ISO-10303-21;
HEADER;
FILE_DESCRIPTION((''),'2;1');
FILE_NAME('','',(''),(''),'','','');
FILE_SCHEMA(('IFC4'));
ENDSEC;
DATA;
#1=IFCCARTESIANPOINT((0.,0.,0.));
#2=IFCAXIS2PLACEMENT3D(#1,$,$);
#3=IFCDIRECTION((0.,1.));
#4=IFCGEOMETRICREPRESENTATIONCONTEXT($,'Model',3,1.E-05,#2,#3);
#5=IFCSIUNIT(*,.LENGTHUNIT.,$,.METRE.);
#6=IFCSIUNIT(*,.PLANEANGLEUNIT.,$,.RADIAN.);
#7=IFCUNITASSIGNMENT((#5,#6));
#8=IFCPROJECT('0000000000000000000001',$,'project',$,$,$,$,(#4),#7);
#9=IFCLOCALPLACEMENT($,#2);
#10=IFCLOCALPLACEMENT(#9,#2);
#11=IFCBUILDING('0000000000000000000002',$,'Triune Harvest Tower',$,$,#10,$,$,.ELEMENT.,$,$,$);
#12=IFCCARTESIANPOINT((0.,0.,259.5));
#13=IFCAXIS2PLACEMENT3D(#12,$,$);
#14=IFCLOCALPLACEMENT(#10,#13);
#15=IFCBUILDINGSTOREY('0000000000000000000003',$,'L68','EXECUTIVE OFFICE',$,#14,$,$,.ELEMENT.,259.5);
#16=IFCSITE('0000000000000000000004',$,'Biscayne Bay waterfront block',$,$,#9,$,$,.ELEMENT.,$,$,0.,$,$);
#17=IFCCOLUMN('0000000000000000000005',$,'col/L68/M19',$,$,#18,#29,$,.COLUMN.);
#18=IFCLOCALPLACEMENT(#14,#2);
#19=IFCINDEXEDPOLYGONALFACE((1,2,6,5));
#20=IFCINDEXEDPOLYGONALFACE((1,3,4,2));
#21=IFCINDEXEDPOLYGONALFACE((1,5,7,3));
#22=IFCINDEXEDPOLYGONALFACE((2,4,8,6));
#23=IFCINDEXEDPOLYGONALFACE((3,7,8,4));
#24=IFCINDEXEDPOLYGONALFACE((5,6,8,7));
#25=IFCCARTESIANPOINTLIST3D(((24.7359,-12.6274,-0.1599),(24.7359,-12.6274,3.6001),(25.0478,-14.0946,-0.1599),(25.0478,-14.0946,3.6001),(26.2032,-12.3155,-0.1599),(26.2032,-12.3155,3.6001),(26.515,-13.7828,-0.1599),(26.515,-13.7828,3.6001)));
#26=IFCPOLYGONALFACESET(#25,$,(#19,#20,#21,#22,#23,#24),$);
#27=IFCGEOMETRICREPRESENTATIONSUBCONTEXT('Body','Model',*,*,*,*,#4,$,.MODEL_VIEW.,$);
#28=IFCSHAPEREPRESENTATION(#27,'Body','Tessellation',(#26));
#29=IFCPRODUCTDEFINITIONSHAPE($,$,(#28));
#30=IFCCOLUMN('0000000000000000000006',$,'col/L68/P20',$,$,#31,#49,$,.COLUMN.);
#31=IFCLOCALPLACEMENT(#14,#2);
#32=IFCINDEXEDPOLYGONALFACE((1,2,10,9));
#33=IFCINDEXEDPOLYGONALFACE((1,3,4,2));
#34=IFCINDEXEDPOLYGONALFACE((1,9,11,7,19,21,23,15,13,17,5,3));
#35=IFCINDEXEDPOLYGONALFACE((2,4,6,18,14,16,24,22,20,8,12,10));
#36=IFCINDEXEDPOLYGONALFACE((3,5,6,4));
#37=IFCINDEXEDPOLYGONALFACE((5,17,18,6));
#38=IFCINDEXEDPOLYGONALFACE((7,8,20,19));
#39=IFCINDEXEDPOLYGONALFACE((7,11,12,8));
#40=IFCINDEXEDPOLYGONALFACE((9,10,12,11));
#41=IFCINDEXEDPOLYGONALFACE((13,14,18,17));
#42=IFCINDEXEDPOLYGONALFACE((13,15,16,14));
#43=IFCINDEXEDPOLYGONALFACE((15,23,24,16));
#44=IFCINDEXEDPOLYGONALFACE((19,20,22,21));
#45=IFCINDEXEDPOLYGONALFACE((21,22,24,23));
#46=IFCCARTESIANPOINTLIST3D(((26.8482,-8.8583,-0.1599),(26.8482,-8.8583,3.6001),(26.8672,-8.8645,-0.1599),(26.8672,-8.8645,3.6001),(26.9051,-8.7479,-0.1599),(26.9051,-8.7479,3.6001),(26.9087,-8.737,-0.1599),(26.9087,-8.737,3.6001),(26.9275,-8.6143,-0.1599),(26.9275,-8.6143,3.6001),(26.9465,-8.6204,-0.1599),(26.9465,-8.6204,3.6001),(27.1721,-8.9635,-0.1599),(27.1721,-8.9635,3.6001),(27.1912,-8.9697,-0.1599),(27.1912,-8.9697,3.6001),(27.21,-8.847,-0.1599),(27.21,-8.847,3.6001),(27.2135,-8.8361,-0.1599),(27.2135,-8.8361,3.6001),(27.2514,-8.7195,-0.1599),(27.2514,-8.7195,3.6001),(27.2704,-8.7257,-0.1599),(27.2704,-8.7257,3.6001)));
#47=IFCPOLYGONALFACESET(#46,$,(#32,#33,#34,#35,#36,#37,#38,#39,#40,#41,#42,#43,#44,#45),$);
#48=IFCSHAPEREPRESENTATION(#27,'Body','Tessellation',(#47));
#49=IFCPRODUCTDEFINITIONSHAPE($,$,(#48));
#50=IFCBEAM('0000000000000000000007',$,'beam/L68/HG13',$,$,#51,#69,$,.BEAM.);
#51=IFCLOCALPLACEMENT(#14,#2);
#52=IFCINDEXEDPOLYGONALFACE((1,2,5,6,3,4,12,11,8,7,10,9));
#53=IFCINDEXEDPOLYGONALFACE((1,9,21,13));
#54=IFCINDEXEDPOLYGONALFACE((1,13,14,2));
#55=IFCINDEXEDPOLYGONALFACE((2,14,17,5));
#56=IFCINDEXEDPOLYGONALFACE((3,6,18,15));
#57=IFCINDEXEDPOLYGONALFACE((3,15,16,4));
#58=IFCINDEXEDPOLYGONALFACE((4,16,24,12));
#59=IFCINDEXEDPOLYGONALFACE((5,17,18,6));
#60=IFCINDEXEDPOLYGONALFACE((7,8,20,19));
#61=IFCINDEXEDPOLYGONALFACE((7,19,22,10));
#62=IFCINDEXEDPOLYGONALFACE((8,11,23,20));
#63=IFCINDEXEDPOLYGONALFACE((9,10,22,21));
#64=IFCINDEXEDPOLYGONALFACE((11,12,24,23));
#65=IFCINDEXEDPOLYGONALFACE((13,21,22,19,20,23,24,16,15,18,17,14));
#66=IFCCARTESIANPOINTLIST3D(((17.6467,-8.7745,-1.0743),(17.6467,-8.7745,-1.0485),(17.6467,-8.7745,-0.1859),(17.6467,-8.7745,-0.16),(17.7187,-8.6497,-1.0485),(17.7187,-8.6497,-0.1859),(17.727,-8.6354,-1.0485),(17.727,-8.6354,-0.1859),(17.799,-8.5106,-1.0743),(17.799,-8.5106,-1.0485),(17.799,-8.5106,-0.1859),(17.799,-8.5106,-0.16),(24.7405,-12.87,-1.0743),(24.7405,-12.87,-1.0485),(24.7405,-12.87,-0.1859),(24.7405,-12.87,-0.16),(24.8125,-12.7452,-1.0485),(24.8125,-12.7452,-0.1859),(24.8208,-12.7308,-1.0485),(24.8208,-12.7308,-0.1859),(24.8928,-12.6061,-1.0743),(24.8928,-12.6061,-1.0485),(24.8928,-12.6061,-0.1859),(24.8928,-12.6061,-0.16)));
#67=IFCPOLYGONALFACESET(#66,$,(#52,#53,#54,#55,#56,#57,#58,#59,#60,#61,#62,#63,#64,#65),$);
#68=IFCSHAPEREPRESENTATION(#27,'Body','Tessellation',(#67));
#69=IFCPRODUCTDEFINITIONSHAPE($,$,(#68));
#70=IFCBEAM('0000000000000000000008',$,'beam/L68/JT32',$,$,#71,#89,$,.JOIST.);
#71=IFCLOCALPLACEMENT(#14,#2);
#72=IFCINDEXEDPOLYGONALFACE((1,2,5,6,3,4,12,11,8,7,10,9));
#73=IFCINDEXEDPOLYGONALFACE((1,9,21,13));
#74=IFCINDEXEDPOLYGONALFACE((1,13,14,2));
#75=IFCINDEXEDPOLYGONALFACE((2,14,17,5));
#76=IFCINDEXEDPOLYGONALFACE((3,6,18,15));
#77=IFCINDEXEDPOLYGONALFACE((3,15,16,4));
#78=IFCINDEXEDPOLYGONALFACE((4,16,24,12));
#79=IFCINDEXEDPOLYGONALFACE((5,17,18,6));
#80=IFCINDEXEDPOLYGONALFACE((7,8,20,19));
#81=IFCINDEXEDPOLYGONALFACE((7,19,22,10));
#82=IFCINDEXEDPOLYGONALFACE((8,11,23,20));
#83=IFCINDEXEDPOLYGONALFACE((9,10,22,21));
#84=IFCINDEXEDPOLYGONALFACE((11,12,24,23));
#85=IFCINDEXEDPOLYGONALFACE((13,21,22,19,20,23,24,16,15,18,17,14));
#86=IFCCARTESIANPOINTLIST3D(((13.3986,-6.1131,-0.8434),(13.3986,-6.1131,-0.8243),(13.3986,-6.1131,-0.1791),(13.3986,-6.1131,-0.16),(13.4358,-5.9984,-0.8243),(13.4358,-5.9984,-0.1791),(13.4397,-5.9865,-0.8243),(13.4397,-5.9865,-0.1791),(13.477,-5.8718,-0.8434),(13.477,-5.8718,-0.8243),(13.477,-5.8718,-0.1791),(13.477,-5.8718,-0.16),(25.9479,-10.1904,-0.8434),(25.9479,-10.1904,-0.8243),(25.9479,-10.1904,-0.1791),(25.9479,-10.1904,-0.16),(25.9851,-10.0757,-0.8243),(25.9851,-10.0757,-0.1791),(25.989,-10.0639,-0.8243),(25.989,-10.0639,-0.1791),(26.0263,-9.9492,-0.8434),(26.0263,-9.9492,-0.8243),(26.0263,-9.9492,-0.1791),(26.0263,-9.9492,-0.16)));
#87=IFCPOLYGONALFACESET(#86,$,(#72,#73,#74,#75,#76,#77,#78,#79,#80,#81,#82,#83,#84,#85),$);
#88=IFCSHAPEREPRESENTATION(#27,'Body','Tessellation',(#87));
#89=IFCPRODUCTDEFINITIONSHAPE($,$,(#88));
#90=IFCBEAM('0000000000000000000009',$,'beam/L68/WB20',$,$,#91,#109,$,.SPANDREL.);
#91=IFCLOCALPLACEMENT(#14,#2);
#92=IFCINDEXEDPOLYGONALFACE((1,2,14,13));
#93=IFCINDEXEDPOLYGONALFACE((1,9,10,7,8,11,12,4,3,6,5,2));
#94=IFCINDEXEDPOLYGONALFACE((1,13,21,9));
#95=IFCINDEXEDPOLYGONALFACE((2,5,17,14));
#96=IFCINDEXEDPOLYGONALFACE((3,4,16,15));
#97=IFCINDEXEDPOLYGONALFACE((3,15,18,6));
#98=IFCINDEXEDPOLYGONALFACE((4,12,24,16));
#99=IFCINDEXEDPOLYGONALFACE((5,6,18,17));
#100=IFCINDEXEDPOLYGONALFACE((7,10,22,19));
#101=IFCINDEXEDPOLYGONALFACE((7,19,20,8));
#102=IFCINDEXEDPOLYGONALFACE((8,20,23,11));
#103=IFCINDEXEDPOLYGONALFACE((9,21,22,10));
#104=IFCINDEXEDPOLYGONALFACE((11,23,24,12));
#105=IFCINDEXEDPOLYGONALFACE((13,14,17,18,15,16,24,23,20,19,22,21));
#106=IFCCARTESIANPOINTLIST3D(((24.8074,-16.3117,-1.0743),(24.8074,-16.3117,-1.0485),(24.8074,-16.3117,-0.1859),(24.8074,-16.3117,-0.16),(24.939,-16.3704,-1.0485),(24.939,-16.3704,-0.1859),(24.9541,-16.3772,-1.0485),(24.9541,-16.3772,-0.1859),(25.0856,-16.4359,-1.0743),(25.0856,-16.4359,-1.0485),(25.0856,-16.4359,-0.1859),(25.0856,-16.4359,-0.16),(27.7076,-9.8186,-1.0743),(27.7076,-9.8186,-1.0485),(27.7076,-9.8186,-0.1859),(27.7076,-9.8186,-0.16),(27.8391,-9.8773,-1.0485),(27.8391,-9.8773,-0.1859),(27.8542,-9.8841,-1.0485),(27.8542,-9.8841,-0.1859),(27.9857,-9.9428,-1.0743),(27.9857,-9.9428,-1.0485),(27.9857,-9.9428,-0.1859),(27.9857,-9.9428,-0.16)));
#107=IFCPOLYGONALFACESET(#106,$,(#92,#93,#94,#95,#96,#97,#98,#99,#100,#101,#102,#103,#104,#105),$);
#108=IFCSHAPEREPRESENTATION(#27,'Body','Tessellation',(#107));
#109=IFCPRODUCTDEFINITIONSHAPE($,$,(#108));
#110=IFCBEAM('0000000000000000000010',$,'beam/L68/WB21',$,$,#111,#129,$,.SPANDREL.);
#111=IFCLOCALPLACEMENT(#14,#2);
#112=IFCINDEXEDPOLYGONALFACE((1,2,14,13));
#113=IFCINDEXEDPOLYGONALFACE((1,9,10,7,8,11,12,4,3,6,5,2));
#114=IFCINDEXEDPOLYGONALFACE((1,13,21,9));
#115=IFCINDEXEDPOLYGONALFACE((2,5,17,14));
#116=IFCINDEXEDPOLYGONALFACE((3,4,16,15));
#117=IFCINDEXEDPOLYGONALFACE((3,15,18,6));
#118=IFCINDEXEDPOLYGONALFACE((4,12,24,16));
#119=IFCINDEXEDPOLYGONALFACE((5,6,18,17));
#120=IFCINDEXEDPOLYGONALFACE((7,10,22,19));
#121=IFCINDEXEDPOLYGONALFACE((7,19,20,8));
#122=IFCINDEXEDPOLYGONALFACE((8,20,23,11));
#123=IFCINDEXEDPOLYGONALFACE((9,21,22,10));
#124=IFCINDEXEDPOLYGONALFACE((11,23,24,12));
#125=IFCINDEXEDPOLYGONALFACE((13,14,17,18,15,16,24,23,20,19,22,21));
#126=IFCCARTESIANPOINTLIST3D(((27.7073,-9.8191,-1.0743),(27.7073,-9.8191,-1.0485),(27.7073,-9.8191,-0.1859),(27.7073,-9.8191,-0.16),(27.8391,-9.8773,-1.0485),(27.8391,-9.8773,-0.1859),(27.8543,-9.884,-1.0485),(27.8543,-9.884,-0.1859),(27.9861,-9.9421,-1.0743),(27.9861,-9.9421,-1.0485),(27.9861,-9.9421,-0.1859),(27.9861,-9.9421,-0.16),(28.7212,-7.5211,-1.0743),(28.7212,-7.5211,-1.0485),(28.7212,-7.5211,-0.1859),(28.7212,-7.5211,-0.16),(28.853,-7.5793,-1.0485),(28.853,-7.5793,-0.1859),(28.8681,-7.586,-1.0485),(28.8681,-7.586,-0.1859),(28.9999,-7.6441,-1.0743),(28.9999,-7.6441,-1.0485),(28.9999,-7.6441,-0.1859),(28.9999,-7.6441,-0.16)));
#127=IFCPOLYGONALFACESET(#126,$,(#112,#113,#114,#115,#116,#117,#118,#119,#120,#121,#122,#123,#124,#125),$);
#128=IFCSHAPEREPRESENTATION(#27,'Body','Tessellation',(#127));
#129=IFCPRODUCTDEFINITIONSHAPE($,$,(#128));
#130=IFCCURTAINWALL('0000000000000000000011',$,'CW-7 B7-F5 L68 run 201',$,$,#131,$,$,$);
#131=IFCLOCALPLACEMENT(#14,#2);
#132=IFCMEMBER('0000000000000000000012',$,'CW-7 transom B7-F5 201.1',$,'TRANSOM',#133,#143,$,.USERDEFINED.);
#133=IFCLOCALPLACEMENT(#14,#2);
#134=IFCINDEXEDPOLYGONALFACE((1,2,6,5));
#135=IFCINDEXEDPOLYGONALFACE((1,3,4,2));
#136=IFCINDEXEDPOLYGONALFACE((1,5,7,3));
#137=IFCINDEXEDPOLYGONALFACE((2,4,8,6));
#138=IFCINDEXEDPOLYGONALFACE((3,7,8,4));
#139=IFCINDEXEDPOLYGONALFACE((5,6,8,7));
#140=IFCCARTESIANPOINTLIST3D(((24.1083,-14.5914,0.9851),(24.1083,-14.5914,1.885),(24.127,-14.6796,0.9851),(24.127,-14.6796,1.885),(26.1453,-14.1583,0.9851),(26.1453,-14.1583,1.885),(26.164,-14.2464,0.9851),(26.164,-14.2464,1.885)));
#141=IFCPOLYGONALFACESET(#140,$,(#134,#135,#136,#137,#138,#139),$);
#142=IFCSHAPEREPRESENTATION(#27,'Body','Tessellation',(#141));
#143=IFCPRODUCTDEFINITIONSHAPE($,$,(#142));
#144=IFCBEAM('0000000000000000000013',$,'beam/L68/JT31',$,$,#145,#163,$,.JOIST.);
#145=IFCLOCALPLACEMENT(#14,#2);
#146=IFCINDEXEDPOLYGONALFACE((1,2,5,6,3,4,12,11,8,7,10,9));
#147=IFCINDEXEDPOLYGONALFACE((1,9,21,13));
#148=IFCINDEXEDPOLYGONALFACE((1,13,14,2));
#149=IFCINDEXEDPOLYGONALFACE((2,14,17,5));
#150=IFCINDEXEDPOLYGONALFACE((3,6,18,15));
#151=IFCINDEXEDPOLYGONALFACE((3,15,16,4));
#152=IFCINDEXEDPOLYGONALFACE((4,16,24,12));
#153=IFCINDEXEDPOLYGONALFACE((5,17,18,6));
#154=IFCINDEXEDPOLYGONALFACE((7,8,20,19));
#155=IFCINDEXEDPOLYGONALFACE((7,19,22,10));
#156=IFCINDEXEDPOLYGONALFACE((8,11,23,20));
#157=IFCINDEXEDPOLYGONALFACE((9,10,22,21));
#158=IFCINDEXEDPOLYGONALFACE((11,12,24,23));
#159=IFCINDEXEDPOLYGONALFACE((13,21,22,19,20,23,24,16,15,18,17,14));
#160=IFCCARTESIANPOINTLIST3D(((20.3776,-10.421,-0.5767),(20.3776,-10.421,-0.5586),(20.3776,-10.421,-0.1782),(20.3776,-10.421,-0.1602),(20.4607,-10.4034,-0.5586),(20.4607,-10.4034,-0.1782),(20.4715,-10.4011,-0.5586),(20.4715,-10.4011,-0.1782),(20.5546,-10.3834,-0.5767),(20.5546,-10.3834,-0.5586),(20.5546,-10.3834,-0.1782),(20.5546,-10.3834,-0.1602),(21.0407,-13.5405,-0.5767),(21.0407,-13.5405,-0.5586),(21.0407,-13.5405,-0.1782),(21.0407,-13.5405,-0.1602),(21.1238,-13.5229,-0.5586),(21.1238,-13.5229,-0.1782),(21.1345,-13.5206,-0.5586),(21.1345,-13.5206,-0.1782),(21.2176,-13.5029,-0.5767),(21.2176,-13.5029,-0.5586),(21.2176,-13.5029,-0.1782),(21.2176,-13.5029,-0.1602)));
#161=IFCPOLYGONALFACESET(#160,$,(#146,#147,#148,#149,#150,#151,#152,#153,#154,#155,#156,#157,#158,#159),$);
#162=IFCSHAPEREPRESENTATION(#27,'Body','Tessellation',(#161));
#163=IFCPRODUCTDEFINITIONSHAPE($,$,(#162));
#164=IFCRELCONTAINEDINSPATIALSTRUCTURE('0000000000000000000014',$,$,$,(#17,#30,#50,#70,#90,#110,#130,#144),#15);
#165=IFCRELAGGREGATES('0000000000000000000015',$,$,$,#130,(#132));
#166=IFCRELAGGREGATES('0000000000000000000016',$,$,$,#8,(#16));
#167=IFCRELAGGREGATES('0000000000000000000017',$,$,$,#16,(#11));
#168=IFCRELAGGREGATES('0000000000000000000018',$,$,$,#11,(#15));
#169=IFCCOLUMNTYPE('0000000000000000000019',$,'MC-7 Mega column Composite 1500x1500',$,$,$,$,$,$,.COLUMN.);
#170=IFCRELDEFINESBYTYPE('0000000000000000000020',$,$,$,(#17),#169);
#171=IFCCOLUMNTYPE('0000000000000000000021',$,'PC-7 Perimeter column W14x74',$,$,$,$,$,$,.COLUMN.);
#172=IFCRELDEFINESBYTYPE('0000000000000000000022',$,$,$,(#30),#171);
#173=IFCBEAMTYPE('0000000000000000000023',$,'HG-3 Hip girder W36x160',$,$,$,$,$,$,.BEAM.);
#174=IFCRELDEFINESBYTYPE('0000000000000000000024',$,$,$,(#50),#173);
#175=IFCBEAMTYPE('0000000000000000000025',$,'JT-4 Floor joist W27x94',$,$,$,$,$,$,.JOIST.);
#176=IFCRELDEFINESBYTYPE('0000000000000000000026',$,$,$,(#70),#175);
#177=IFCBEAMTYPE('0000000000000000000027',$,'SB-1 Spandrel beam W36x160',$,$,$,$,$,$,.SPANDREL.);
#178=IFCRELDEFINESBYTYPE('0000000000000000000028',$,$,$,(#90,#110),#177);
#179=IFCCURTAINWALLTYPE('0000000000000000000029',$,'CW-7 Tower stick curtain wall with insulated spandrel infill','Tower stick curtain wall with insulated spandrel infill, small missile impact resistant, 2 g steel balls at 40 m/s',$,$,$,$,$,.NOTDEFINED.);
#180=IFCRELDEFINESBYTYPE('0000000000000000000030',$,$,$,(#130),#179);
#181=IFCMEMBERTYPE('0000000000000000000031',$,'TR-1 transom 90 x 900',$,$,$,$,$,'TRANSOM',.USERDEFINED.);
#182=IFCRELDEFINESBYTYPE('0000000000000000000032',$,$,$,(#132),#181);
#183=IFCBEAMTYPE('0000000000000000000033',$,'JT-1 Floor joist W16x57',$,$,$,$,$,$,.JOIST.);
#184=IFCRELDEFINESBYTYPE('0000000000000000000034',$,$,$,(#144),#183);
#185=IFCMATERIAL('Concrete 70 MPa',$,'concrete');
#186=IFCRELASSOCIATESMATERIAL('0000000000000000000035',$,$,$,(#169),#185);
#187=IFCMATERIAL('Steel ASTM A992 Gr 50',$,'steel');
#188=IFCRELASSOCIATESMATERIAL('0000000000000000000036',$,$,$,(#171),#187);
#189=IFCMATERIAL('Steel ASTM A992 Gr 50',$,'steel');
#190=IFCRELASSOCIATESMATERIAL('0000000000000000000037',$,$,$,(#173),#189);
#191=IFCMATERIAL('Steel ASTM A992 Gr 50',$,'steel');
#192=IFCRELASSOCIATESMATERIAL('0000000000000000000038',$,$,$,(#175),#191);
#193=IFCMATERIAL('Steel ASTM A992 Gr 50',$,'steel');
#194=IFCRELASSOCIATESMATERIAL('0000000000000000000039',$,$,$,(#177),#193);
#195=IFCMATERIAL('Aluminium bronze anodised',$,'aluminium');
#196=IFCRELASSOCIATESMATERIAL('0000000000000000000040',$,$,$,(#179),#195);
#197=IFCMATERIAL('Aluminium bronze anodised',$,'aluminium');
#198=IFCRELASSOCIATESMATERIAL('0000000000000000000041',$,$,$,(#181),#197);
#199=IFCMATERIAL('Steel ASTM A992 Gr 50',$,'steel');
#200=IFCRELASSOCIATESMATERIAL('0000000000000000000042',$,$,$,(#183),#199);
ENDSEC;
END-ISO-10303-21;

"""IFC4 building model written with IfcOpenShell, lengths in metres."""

from ifc_helpers import new_model, si_unit, direction, frame, origin, origin_2d, place, context, subcontext, project, spatial, rectangle, i_section, extrude, source, transform, mapped, material, material_profile, profile_set, type_object, element, aggregate, save


model = new_model("IFC4")

# Units and contexts
model_context = context("Model", 3, precision=1e-05, world=origin(), true_north=direction((0.0, 1.0)))
body_context = subcontext(model_context, "Body", "Model", "MODEL_VIEW")
ifc_project = project(units=[si_unit("LENGTHUNIT", "METRE"), si_unit("PLANEANGLEUNIT", "RADIAN")], contexts=[model_context])

# Site, building, storey
site_placement = place(None, origin())
site = spatial("IfcSite", under=ifc_project, at=site_placement, Name="Biscayne Bay waterfront block", CompositionType="ELEMENT", RefElevation=0.0)
building_placement = place(site_placement, origin())
building = spatial("IfcBuilding", under=site, at=building_placement, Name="Triune Harvest Tower", CompositionType="ELEMENT")
storey_placement = place(building_placement, frame((0.0, 0.0, 259.5)))
storey = spatial("IfcBuildingStorey", under=building, at=storey_placement, Name="L68", Description="EXECUTIVE OFFICE", CompositionType="ELEMENT", Elevation=259.5)

# Columns
ifc_material_1 = material(Name="Concrete 70 MPa", Category="concrete")
ifc_material_profile_1 = material_profile(ifc_material_1, rectangle(XDim=1.5, YDim=1.5, at=origin_2d()), Name="Composite 1500x1500")
ifc_profile_set_1 = profile_set([ifc_material_profile_1], Name="Concrete 70 MPa")
column_type_1 = type_object("IfcColumnType", Name="MC-7 Mega column Composite 1500x1500", PredefinedType="COLUMN", material=ifc_profile_set_1)
shared_shape_1 = source(origin(), body_context, "Body", "SweptSolid", [
    extrude(rectangle(XDim=1.5, YDim=1.5, at=origin_2d()), origin(), (0.0, 0.0, 1.0), 3.76),
])
column_1_placement = place(storey_placement, frame((25.6255, -13.2051, -0.1599), z_axis=(0.0, 0.0, 1.0), x_axis=(0.978147, 0.207913, 0.0)))
element("IfcColumn", 1, at=column_1_placement, inside=storey, type_object=column_type_1, Name="col/L68/M19", PredefinedType="COLUMN", context=body_context, shape_type="MappedRepresentation", body=[
    mapped(shared_shape_1, transform((0.0, 0.0, 0.0), scale=1.0)),
])
ifc_material_2 = material(Name="Steel ASTM A992 Gr 50", Category="steel")
ifc_material_profile_2 = material_profile(ifc_material_2, i_section(OverallWidth=0.2566, OverallDepth=0.3606, WebThickness=0.0115, FlangeThickness=0.02, at=origin_2d()), Name="W14x74")
ifc_profile_set_2 = profile_set([ifc_material_profile_2], Name="Steel ASTM A992 Gr 50")
column_type_2 = type_object("IfcColumnType", Name="PC-7 Perimeter column W14x74", PredefinedType="COLUMN", material=ifc_profile_set_2)
shared_shape_2 = source(origin(), body_context, "Body", "SweptSolid", [
    extrude(i_section(OverallWidth=0.2566, OverallDepth=0.3606, WebThickness=0.0115, FlangeThickness=0.02, at=origin_2d()), origin(), (0.0, 0.0, 1.0), 3.76),
])
column_2_placement = place(storey_placement, frame((27.0593, -8.792, -0.1599), z_axis=(0.0, 0.0, 1.0), x_axis=(0.309017, 0.951057, 0.0)))
element("IfcColumn", 2, at=column_2_placement, inside=storey, type_object=column_type_2, Name="col/L68/P20", PredefinedType="COLUMN", context=body_context, shape_type="MappedRepresentation", body=[
    mapped(shared_shape_2, transform((0.0, 0.0, 0.0), scale=1.0)),
])

# Beams
ifc_material_3 = material(Name="Steel ASTM A992 Gr 50", Category="steel")
ifc_material_profile_3 = material_profile(ifc_material_3, i_section(OverallWidth=0.3047, OverallDepth=0.9143, WebThickness=0.0166, FlangeThickness=0.0259, at=origin_2d()), Name="W36x160")
ifc_profile_set_3 = profile_set([ifc_material_profile_3], Name="Steel ASTM A992 Gr 50")
beam_type_1 = type_object("IfcBeamType", Name="HG-3 Hip girder W36x160", PredefinedType="BEAM", material=ifc_profile_set_3)
beam_1_placement = place(storey_placement, frame((24.8167, -12.738, -0.6172), z_axis=(-0.866032, 0.499989, 0.0), x_axis=(-0.499989, -0.866032, 0.0)))
element("IfcBeam", 3, at=beam_1_placement, inside=storey, type_object=beam_type_1, Name="beam/L68/HG13", PredefinedType="BEAM", context=body_context, shape_type="SweptSolid", body=[
    extrude(i_section(OverallWidth=0.3047, OverallDepth=0.9143, WebThickness=0.0166, FlangeThickness=0.0259, at=origin_2d()), origin(), (0.0, 0.0, 1.0), 8.1912),
])
ifc_material_4 = material(Name="Steel ASTM A992 Gr 50", Category="steel")
ifc_material_profile_4 = material_profile(ifc_material_4, i_section(OverallWidth=0.2537, OverallDepth=0.6833, WebThickness=0.0125, FlangeThickness=0.019, at=origin_2d()), Name="W27x94")
ifc_profile_set_4 = profile_set([ifc_material_profile_4], Name="Steel ASTM A992 Gr 50")
beam_type_2 = type_object("IfcBeamType", Name="JT-4 Floor joist W27x94", PredefinedType="JOIST", material=ifc_profile_set_4)
beam_2_placement = place(storey_placement, frame((25.9871, -10.0698, -0.5017), z_axis=(-0.951059, 0.309008, 0.0), x_axis=(-0.309008, -0.951059, 0.0)))
element("IfcBeam", 4, at=beam_2_placement, inside=storey, type_object=beam_type_2, Name="beam/L68/JT32", PredefinedType="JOIST", context=body_context, shape_type="SweptSolid", body=[
    extrude(i_section(OverallWidth=0.2537, OverallDepth=0.6833, WebThickness=0.0125, FlangeThickness=0.019, at=origin_2d()), origin(), (0.0, 0.0, 1.0), 13.1951),
])
ifc_material_5 = material(Name="Steel ASTM A992 Gr 50", Category="steel")
ifc_material_profile_5 = material_profile(ifc_material_5, i_section(OverallWidth=0.3047, OverallDepth=0.9143, WebThickness=0.0166, FlangeThickness=0.0259, at=origin_2d()), Name="W36x160")
ifc_profile_set_5 = profile_set([ifc_material_profile_5], Name="Steel ASTM A992 Gr 50")
beam_type_3 = type_object("IfcBeamType", Name="SB-1 Spandrel beam W36x160", PredefinedType="SPANDREL", material=ifc_profile_set_5)
beam_3_placement = place(storey_placement, frame((24.9465, -16.3738, -0.6172), z_axis=(0.407816, 0.913064, 0.0), x_axis=(-0.913064, 0.407816, 0.0)))
element("IfcBeam", 5, at=beam_3_placement, inside=storey, type_object=beam_type_3, Name="beam/L68/WB20", PredefinedType="SPANDREL", context=body_context, shape_type="SweptSolid", body=[
    extrude(i_section(OverallWidth=0.3047, OverallDepth=0.9143, WebThickness=0.0166, FlangeThickness=0.0259, at=origin_2d()), origin(), (0.0, 0.0, 1.0), 7.1113),
])
beam_4_placement = place(storey_placement, frame((27.8467, -9.8806, -0.6172), z_axis=(0.403657, 0.91491, 0.0), x_axis=(-0.91491, 0.403657, 0.0)))
element("IfcBeam", 6, at=beam_4_placement, inside=storey, type_object=beam_type_3, Name="beam/L68/WB21", PredefinedType="SPANDREL", context=body_context, shape_type="SweptSolid", body=[
    extrude(i_section(OverallWidth=0.3047, OverallDepth=0.9143, WebThickness=0.0166, FlangeThickness=0.0259, at=origin_2d()), origin(), (0.0, 0.0, 1.0), 2.5117),
])

# Curtain wall, member
ifc_material_6 = material(Name="Aluminium bronze anodised", Category="aluminium")
curtain_wall_type_1 = type_object("IfcCurtainWallType", Name="CW-7 Tower stick curtain wall with insulated spandrel infill", Description="Tower stick curtain wall with insulated spandrel infill, small missile impact resistant, 2 g steel balls at 40 m/s", PredefinedType="NOTDEFINED", material=ifc_material_6)
curtain_wall_1_placement = place(storey_placement, origin())
curtain_wall_1 = element("IfcCurtainWall", 7, at=curtain_wall_1_placement, inside=storey, type_object=curtain_wall_type_1, Name="CW-7 B7-F5 L68 run 201")
ifc_material_7 = material(Name="Aluminium bronze anodised", Category="aluminium")
ifc_material_profile_6 = material_profile(ifc_material_7, rectangle(XDim=0.0901, YDim=0.8999, at=origin_2d()), Name="TR-1 transom 90 x 900")
ifc_profile_set_6 = profile_set([ifc_material_profile_6], Name="Aluminium bronze anodised")
member_type_1 = type_object("IfcMemberType", Name="TR-1 transom 90 x 900", ElementType="TRANSOM", PredefinedType="USERDEFINED", material=ifc_profile_set_6)
member_1_placement = place(storey_placement, frame((24.1177, -14.6355, 1.4351), z_axis=(0.978132, 0.207984, 0.0), x_axis=(-0.207984, 0.978132, 0.0)))
member_1 = element("IfcMember", 8, at=member_1_placement, type_object=member_type_1, Name="CW-7 transom B7-F5 201.1", ObjectType="TRANSOM", PredefinedType="USERDEFINED", context=body_context, shape_type="SweptSolid", body=[
    extrude(rectangle(XDim=0.0901, YDim=0.8999, at=origin_2d()), origin(), (0.0, 0.0, 1.0), 2.0825),
])

# Beam
ifc_material_8 = material(Name="Steel ASTM A992 Gr 50", Category="steel")
ifc_material_profile_7 = material_profile(ifc_material_8, i_section(OverallWidth=0.1809, OverallDepth=0.4165, WebThickness=0.011, FlangeThickness=0.0181, at=origin_2d()), Name="W16x57")
ifc_profile_set_7 = profile_set([ifc_material_profile_7], Name="Steel ASTM A992 Gr 50")
beam_type_4 = type_object("IfcBeamType", Name="JT-1 Floor joist W16x57", PredefinedType="JOIST", material=ifc_profile_set_7)
shared_shape_3 = source(origin(), body_context, "Body", "SweptSolid", [
    extrude(i_section(OverallWidth=0.1809, OverallDepth=0.4165, WebThickness=0.011, FlangeThickness=0.0181, at=origin_2d()), origin(), (0.0, 0.0, 1.0), 3.1892),
])
beam_5_placement = place(storey_placement, frame((21.1292, -13.5217, -0.3684), z_axis=(-0.207908, 0.978148, 0.0), x_axis=(-0.978148, -0.207908, 0.0)))
element("IfcBeam", 9, at=beam_5_placement, inside=storey, type_object=beam_type_4, Name="beam/L68/JT31", PredefinedType="JOIST", context=body_context, shape_type="MappedRepresentation", body=[
    mapped(shared_shape_3, transform((0.0, 0.0, 0.0), scale=1.0)),
])

aggregate(curtain_wall_1, [member_1])

save(model, "model.ifc")
